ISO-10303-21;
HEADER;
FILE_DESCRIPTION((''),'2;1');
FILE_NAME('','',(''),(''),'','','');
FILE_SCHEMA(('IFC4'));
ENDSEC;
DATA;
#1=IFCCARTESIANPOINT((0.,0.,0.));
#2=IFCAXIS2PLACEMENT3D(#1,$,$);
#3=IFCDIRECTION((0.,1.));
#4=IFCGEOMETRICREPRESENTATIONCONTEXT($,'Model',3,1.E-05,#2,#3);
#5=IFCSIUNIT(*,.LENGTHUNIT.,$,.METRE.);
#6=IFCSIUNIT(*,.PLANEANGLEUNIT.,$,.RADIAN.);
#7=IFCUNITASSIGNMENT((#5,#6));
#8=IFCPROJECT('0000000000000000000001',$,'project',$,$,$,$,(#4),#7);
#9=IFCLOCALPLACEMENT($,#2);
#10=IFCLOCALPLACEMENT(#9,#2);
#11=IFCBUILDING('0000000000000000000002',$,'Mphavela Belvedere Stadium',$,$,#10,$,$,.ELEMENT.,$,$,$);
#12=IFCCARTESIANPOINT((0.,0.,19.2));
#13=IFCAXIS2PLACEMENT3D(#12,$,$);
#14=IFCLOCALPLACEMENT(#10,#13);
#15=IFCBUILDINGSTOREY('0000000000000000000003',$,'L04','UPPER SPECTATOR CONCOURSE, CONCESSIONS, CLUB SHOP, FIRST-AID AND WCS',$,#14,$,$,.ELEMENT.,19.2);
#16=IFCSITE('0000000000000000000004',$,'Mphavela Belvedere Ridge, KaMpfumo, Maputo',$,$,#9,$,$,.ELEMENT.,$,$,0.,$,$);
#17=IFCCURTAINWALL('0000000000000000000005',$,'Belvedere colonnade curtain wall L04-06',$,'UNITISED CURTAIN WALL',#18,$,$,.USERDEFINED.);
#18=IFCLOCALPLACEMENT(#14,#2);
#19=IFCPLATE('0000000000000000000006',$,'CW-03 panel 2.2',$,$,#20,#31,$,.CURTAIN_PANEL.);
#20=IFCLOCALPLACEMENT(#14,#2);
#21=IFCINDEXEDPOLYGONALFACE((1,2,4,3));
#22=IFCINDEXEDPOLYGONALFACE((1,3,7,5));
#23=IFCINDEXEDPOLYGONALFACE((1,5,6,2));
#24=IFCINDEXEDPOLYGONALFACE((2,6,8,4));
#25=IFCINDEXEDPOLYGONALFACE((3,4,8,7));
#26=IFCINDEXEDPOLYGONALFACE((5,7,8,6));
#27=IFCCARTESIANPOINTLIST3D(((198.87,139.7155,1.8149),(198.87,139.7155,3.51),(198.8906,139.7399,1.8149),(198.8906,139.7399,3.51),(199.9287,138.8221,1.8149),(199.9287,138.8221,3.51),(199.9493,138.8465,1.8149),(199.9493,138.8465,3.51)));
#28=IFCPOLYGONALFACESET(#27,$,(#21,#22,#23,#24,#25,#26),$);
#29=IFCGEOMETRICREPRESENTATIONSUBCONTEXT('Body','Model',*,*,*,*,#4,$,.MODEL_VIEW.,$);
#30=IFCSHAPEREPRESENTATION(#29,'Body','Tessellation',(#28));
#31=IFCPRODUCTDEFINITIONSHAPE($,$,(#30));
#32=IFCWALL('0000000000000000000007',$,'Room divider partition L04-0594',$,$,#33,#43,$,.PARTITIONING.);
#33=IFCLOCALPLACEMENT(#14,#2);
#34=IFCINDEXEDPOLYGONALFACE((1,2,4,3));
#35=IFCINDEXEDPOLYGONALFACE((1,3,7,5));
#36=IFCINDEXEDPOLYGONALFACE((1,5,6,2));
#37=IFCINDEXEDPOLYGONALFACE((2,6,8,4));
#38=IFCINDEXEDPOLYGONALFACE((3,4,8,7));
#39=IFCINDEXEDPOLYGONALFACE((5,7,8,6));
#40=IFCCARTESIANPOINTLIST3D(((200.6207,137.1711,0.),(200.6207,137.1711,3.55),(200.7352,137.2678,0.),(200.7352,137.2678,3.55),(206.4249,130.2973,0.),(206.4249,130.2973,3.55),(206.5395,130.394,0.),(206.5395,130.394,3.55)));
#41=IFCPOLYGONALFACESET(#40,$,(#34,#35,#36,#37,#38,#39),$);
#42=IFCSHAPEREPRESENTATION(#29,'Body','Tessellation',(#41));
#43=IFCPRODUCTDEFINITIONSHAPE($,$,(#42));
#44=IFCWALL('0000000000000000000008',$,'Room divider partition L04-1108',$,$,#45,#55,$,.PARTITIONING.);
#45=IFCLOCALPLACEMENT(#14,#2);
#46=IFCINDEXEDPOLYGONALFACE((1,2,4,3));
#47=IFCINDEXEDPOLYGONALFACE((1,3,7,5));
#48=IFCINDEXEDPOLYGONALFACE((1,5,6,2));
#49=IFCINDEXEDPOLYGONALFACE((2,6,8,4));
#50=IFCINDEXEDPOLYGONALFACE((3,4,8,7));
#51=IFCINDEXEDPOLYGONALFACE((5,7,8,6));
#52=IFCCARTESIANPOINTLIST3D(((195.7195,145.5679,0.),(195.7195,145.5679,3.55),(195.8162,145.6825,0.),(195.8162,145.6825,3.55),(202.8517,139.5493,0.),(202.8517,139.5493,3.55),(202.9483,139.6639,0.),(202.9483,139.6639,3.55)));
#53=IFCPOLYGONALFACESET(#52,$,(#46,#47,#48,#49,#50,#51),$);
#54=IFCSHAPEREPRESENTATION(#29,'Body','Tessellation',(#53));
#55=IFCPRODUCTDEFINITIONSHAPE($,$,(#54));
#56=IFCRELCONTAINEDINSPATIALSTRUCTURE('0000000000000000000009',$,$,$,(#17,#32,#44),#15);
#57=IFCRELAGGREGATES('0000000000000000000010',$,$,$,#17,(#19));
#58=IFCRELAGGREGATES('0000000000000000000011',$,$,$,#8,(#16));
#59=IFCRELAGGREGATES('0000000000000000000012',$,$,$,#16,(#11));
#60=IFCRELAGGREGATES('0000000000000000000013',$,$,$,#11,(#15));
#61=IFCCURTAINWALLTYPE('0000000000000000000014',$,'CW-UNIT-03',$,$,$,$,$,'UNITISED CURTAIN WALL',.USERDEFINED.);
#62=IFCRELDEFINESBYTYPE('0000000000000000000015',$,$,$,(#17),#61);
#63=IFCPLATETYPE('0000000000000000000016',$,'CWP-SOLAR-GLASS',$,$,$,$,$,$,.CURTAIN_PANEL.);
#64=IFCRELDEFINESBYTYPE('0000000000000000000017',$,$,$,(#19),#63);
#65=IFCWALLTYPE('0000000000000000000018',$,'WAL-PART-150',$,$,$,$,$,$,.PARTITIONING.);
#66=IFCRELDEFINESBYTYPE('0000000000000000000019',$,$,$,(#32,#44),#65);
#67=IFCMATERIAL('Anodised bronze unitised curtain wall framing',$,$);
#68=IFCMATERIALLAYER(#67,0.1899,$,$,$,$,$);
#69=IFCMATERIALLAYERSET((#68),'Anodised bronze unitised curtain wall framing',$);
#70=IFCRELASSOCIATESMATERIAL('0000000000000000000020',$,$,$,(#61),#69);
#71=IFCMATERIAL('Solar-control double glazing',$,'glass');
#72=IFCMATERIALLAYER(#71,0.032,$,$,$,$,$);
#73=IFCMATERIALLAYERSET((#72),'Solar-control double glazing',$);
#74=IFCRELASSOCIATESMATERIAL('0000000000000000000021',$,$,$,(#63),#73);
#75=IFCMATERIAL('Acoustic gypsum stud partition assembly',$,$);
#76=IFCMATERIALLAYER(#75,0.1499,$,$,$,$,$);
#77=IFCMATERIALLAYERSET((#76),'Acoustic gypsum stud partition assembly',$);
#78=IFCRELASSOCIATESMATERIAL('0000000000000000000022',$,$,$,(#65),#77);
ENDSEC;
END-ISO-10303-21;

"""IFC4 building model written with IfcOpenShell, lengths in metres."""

from ifc_helpers import new_model, si_unit, direction, frame, frame_2d, origin, origin_2d, place, context, subcontext, project, spatial, rectangle, extrude, material, layer, layer_set, type_object, element, aggregate, save


model = new_model("IFC4")

# Units and contexts
model_context = context("Model", 3, precision=1e-05, world=origin(), true_north=direction((0.0, 1.0)))
body_context = subcontext(model_context, "Body", "Model", "MODEL_VIEW")
ifc_project = project(units=[si_unit("LENGTHUNIT", "METRE"), si_unit("PLANEANGLEUNIT", "RADIAN")], contexts=[model_context])

# Site, building, storey
site_placement = place(None, origin())
site = spatial("IfcSite", under=ifc_project, at=site_placement, Name="Mphavela Belvedere Ridge, KaMpfumo, Maputo", CompositionType="ELEMENT", RefElevation=0.0)
building_placement = place(site_placement, origin())
building = spatial("IfcBuilding", under=site, at=building_placement, Name="Mphavela Belvedere Stadium", CompositionType="ELEMENT")
storey_placement = place(building_placement, frame((0.0, 0.0, 19.2)))
storey = spatial("IfcBuildingStorey", under=building, at=storey_placement, Name="L04", Description="UPPER SPECTATOR CONCOURSE, CONCESSIONS, CLUB SHOP, FIRST-AID AND WCS", CompositionType="ELEMENT", Elevation=19.2)

# Curtain wall
ifc_material_1 = material(Name="Anodised bronze unitised curtain wall framing")
ifc_layer_1 = layer(ifc_material_1, 0.1899)
ifc_layer_set_1 = layer_set([ifc_layer_1], Name="Anodised bronze unitised curtain wall framing")
curtain_wall_type_1 = type_object("IfcCurtainWallType", Name="CW-UNIT-03", ElementType="UNITISED CURTAIN WALL", PredefinedType="USERDEFINED", material=ifc_layer_set_1)
curtain_wall_1_placement = place(storey_placement, origin())
curtain_wall_1 = element("IfcCurtainWall", 1, at=curtain_wall_1_placement, inside=storey, type_object=curtain_wall_type_1, Name="Belvedere colonnade curtain wall L04-06", ObjectType="UNITISED CURTAIN WALL", PredefinedType="USERDEFINED")

# Plate
ifc_material_2 = material(Name="Solar-control double glazing", Category="glass")
ifc_layer_2 = layer(ifc_material_2, 0.032)
ifc_layer_set_2 = layer_set([ifc_layer_2], Name="Solar-control double glazing")
plate_type = type_object("IfcPlateType", Name="CWP-SOLAR-GLASS", PredefinedType="CURTAIN_PANEL", material=ifc_layer_set_2)
plate_1_placement = place(storey_placement, frame((199.4097, 139.281, 1.8149), z_axis=(0.0, 0.0, 1.0), x_axis=(-0.764253, 0.644916, 0.0)))
plate_1 = element("IfcPlate", 2, at=plate_1_placement, type_object=plate_type, Name="CW-03 panel 2.2", PredefinedType="CURTAIN_PANEL", context=body_context, shape_type="SweptSolid", body=[
    extrude(rectangle(XDim=1.3853, YDim=0.032, at=origin_2d()), origin(), (0.0, 0.0, 1.0), 1.6951),
])
aggregate(curtain_wall_1, [plate_1])

# Walls
ifc_material_3 = material(Name="Acoustic gypsum stud partition assembly")
ifc_layer_3 = layer(ifc_material_3, 0.1499)
ifc_layer_set_3 = layer_set([ifc_layer_3], Name="Acoustic gypsum stud partition assembly")
wall_type = type_object("IfcWallType", Name="WAL-PART-150", PredefinedType="PARTITIONING", material=ifc_layer_set_3)
wall_1_placement = place(storey_placement, frame((200.678, 137.2195, 0.0), z_axis=(0.0, 0.0, 1.0), x_axis=(0.64516, -0.764048, 0.0)))
element("IfcWall", 3, at=wall_1_placement, inside=storey, type_object=wall_type, Name="Room divider partition L04-0594", PredefinedType="PARTITIONING", context=body_context, shape_type="SweptSolid", body=[
    extrude(rectangle(XDim=8.9966, YDim=0.1499, at=frame_2d((4.4983, 0.0))), origin(), (0.0, 0.0, 1.0), 3.55),
])
wall_2_placement = place(storey_placement, frame((202.8999, 139.6067, 0.0), z_axis=(0.0, 0.0, 1.0), x_axis=(-0.764246, 0.644925, 0.0)))
element("IfcWall", 4, at=wall_2_placement, inside=storey, type_object=wall_type, Name="Room divider partition L04-1108", PredefinedType="PARTITIONING", context=body_context, shape_type="SweptSolid", body=[
    extrude(rectangle(XDim=9.3323, YDim=0.1499, at=frame_2d((4.666, 0.0))), origin(), (0.0, 0.0, 1.0), 3.55),
])

save(model, "model.ifc")
